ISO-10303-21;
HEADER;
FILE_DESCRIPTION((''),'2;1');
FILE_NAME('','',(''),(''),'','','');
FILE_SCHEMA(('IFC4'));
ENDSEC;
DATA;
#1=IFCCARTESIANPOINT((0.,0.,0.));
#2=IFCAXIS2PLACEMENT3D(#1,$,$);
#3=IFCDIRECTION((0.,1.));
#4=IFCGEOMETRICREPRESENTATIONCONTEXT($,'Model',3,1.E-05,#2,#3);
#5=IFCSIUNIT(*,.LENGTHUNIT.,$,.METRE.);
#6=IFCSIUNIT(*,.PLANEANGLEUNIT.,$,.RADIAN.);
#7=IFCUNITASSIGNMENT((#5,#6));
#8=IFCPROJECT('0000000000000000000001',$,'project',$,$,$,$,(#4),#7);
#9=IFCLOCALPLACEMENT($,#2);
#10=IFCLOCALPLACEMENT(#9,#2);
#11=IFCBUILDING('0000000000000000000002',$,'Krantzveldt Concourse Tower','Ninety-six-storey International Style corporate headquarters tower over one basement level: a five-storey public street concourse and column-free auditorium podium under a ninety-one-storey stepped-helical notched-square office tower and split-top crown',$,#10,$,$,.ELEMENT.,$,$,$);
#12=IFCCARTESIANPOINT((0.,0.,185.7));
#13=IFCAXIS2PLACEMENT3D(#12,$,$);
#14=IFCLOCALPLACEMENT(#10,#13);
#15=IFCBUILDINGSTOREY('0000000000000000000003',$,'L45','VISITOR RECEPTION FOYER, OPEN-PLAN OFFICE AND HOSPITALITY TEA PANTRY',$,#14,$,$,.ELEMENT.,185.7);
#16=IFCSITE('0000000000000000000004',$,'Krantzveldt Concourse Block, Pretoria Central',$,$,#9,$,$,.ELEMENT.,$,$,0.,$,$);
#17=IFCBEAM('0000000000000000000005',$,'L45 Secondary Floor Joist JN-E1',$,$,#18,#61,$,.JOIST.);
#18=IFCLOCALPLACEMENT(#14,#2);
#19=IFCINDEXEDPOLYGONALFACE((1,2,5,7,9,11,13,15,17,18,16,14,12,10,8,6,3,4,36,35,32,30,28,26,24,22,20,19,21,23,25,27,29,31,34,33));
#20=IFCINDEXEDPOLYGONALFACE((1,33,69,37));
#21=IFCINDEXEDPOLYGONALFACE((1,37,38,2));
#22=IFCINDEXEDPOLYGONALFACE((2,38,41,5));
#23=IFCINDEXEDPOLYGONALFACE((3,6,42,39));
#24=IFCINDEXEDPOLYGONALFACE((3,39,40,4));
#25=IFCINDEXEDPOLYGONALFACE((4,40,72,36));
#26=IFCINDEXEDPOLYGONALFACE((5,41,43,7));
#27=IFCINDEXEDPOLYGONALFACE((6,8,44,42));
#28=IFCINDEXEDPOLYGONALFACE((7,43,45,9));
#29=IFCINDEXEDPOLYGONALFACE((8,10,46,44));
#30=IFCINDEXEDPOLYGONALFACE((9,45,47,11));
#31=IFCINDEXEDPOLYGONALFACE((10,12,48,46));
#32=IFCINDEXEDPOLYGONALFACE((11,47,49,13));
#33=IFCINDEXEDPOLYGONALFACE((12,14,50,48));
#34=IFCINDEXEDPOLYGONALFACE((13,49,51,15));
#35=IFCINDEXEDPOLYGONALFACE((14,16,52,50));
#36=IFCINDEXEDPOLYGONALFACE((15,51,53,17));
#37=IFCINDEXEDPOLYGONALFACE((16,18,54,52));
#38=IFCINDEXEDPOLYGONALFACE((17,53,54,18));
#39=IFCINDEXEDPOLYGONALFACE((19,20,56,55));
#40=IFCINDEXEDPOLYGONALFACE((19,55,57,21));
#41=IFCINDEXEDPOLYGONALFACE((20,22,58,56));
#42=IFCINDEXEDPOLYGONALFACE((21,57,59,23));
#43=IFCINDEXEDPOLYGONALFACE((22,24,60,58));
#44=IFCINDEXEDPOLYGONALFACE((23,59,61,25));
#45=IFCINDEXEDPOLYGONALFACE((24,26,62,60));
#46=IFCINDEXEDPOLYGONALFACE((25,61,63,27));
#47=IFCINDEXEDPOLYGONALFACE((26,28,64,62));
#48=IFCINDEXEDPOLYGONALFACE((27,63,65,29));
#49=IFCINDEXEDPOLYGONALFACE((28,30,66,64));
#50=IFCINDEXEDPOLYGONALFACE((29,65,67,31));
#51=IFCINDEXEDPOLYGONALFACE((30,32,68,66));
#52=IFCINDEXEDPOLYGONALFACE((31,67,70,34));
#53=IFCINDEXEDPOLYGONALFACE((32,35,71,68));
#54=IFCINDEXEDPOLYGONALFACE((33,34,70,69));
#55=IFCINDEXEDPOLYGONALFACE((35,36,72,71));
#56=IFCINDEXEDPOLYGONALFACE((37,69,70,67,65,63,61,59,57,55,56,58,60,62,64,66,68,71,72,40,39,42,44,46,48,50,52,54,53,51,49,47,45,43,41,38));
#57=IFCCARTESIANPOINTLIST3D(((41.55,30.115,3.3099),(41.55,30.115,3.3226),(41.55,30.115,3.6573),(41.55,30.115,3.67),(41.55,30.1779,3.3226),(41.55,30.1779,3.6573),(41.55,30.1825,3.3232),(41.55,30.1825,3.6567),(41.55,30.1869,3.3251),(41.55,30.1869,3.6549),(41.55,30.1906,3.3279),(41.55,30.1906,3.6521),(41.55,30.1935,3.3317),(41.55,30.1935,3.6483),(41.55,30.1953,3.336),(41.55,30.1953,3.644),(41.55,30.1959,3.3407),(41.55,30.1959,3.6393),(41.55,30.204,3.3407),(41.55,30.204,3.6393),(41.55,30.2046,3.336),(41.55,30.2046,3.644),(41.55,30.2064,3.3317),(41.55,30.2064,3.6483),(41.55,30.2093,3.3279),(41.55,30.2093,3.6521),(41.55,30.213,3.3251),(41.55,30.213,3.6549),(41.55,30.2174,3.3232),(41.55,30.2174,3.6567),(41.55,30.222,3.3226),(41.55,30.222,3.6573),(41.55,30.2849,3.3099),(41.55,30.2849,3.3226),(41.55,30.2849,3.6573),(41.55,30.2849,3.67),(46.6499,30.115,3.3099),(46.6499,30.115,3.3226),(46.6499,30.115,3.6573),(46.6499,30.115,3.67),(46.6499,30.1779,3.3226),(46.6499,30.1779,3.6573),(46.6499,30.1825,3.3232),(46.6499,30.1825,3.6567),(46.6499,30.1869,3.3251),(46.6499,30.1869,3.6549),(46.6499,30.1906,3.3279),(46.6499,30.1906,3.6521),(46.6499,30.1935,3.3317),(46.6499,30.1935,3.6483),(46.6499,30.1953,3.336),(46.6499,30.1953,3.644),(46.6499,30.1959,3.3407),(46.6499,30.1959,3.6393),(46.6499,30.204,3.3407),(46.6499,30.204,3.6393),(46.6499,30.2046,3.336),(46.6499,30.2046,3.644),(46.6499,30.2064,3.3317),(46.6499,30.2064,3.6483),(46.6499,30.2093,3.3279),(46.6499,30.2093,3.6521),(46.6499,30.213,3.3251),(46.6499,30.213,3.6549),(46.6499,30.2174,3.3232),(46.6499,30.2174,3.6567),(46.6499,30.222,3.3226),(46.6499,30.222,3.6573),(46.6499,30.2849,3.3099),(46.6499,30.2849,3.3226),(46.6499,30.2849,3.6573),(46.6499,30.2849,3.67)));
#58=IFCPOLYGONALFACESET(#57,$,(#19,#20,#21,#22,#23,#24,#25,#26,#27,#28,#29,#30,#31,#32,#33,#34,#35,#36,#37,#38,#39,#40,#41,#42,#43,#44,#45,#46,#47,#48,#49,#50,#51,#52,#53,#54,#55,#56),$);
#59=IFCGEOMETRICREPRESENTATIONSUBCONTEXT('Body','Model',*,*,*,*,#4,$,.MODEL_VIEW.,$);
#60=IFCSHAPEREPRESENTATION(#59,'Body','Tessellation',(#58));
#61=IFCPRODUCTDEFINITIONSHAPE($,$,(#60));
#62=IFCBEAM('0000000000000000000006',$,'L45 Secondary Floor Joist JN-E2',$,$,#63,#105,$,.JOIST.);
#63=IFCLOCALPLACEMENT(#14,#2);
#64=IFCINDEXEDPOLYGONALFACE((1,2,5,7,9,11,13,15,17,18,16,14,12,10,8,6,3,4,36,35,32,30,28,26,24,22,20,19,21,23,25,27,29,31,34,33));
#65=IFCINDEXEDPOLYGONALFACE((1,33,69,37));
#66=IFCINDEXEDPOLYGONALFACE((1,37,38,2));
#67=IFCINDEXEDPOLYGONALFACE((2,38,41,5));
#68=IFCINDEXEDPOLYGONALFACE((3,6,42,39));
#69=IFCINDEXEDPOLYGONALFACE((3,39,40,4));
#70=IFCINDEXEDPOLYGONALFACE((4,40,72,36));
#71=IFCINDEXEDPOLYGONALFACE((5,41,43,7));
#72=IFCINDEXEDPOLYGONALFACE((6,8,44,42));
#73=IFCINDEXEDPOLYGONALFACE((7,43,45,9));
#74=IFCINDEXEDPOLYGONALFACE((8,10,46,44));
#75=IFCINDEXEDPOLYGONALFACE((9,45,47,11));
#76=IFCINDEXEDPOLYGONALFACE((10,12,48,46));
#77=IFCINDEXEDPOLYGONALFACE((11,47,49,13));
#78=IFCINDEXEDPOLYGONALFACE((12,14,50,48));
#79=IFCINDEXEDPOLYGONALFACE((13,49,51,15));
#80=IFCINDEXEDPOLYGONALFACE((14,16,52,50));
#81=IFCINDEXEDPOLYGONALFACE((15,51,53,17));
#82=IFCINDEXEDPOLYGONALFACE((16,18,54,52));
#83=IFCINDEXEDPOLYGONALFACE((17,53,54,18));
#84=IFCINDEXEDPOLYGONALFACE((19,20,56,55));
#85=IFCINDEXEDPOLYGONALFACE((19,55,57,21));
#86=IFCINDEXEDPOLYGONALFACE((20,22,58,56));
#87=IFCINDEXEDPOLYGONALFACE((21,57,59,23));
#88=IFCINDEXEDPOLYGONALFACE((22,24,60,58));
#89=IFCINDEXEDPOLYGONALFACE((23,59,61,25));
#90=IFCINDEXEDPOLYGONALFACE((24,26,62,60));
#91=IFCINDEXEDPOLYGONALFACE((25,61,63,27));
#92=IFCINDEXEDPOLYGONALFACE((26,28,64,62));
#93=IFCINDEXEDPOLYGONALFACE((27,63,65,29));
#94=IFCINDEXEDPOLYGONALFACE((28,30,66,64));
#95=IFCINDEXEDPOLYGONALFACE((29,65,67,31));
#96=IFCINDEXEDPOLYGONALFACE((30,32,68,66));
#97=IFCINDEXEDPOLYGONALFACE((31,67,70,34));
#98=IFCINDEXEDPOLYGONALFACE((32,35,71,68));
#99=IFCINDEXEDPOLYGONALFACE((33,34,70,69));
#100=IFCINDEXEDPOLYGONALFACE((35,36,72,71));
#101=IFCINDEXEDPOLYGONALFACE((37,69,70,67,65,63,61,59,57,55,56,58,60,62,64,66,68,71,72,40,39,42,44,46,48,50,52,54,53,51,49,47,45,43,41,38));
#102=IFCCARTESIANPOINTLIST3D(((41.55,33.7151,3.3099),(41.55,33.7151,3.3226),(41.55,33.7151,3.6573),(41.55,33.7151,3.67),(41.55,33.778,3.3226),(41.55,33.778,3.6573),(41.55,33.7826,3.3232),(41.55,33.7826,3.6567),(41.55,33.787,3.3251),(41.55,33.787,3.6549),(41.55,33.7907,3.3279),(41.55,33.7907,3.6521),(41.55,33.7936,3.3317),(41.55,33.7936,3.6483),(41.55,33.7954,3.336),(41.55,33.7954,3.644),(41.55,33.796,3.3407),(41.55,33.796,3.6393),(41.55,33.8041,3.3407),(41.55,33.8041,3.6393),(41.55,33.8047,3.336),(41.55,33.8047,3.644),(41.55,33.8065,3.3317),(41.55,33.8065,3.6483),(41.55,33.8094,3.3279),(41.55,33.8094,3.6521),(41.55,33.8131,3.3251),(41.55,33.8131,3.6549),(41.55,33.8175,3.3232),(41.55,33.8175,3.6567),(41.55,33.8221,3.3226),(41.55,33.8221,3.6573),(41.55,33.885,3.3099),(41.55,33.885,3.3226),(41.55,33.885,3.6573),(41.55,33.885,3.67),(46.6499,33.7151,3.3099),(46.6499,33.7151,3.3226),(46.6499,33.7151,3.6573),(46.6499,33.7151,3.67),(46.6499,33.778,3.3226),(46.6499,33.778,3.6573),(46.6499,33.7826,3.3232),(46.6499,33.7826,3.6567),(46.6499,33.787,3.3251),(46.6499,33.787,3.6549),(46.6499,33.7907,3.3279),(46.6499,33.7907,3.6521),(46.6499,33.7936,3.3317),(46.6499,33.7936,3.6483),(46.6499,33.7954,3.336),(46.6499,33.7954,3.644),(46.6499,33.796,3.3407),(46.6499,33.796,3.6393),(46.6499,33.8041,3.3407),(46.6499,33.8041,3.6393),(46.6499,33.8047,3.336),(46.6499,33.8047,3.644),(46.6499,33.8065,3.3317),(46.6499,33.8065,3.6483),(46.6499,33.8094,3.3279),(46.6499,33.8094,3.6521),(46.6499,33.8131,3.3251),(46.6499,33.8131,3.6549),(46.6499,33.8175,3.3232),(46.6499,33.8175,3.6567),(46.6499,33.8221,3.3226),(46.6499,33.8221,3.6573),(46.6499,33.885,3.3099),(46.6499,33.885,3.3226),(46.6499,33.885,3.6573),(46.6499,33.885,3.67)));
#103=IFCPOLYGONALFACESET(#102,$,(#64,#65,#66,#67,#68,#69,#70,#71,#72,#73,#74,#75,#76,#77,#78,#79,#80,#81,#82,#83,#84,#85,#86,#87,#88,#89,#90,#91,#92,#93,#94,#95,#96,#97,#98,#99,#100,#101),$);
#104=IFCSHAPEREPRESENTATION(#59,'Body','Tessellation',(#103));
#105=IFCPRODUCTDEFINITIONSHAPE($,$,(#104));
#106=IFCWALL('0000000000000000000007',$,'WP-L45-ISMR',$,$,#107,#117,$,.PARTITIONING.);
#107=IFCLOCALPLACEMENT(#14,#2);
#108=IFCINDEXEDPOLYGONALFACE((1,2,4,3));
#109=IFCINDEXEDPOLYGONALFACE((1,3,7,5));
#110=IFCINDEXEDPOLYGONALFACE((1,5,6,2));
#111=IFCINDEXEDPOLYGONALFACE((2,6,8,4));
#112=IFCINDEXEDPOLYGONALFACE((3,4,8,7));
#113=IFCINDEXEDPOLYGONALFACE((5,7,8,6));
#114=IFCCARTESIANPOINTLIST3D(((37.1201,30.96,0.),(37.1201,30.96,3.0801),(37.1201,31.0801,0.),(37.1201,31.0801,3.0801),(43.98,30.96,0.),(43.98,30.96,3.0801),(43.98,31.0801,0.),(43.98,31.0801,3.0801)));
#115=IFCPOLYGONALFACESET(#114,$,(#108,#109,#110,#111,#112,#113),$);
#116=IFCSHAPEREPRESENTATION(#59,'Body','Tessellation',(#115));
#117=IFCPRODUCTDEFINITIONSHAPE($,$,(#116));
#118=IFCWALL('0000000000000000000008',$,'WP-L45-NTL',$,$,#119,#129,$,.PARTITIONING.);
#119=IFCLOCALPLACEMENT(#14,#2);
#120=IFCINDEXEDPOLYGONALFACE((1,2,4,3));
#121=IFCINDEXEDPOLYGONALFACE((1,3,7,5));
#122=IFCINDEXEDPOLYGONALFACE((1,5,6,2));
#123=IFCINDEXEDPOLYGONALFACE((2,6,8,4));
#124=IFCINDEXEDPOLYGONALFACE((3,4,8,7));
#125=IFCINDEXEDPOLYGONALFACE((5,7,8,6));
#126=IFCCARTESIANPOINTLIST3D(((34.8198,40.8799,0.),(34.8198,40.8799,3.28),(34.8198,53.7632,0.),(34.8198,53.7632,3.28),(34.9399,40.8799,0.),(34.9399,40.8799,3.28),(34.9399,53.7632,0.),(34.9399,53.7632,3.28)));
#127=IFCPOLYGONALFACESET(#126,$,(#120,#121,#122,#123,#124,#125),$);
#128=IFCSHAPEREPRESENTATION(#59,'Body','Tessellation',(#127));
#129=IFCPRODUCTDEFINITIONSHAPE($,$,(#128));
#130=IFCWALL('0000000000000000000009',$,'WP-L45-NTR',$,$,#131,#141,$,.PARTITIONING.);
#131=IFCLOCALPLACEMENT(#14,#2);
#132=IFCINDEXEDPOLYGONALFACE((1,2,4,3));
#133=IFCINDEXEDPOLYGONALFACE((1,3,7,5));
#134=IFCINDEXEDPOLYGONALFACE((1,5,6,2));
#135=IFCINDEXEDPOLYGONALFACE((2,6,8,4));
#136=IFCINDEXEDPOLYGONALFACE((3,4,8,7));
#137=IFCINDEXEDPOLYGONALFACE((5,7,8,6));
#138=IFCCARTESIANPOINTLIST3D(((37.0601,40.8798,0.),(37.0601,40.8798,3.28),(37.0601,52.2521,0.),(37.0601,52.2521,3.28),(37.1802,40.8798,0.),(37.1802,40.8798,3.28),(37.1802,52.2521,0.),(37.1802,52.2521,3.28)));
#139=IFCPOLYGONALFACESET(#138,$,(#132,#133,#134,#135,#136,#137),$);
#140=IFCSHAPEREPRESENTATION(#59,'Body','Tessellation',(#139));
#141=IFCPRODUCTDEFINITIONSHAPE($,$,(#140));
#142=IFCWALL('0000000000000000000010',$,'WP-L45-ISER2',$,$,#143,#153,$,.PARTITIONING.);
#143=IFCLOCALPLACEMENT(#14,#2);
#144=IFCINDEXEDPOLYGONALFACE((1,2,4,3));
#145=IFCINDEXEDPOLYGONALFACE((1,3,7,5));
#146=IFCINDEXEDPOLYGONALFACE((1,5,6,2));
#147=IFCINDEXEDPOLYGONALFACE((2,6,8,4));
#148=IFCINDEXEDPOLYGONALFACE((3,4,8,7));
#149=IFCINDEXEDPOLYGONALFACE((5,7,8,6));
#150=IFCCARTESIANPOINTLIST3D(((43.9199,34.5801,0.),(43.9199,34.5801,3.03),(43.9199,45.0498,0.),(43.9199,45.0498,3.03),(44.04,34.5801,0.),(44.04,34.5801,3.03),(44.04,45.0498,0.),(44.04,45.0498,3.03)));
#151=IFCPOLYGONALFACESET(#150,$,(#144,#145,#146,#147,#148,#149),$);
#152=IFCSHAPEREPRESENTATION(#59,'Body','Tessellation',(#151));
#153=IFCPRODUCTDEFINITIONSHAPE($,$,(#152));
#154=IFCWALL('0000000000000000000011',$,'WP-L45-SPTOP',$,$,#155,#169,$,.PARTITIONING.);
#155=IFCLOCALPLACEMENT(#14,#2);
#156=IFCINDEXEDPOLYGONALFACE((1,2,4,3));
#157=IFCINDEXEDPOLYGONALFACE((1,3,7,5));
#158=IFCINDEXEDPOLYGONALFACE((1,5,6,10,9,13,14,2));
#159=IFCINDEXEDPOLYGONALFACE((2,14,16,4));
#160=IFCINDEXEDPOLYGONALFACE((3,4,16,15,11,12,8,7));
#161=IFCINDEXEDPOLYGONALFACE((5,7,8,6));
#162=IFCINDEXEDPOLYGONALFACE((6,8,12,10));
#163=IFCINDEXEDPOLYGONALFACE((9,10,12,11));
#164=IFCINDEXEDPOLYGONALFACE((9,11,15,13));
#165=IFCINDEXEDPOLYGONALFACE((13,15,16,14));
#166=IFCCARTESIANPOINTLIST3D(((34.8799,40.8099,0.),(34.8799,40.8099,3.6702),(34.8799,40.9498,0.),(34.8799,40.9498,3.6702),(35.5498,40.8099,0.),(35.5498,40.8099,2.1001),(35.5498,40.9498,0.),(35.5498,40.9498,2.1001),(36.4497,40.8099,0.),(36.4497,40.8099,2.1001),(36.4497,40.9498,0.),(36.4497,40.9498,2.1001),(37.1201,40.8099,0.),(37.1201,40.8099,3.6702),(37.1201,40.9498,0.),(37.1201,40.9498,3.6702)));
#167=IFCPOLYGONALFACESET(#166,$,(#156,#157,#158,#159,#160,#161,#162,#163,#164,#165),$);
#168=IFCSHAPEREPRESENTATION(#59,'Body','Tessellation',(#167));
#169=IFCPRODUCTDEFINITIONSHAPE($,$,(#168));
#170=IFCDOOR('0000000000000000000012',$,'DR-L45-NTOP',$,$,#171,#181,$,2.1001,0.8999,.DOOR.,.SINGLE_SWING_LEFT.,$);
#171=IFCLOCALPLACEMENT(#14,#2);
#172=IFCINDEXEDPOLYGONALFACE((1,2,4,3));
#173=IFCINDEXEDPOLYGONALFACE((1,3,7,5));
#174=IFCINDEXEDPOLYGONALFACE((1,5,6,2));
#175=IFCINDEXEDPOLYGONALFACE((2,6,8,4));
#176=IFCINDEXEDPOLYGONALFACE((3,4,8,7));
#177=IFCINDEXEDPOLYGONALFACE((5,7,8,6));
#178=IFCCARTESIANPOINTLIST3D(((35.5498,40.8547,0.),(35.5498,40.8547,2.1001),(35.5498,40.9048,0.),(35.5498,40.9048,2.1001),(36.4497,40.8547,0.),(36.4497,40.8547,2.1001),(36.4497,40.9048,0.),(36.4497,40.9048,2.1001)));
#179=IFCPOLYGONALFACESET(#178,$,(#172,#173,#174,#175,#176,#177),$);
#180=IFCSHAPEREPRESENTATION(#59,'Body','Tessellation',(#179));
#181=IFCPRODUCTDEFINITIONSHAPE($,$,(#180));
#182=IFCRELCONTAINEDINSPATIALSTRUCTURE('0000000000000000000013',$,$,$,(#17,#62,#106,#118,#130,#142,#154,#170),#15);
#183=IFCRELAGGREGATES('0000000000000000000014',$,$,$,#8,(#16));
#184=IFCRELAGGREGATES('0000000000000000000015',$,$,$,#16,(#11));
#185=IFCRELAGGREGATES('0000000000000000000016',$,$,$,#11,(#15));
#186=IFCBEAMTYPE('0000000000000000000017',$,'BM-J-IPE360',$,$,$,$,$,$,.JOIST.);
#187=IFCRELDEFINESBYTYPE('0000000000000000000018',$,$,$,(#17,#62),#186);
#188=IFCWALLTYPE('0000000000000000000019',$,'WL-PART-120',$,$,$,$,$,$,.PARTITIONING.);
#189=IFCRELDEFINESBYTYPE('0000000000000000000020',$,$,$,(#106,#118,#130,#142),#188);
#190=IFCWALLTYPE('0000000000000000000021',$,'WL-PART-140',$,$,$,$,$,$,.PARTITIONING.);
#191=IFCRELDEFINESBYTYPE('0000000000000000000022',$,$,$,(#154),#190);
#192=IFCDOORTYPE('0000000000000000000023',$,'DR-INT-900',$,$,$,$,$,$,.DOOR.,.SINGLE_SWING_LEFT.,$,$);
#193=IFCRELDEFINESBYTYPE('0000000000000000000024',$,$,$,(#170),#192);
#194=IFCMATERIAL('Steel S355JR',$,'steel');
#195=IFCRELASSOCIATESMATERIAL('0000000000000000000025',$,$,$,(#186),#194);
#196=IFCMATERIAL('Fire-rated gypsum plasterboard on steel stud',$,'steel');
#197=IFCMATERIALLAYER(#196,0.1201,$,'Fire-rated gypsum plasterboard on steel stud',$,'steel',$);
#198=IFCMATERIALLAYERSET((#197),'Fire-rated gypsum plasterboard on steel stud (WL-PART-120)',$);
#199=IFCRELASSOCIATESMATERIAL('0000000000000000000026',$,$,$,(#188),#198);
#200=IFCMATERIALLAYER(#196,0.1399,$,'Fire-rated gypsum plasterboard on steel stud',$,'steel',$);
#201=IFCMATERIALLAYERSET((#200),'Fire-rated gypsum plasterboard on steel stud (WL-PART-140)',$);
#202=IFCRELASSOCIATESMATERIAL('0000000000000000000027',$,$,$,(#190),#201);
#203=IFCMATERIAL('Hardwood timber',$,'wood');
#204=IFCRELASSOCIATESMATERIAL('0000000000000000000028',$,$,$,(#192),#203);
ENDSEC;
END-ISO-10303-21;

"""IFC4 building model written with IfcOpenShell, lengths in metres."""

from ifc_helpers import new_model, si_unit, direction, frame, frame_2d, origin, origin_2d, place, context, subcontext, project, spatial, rectangle, i_section, extrude, source, transform, mapped, material, layer, layer_set, material_profile, profile_set, type_object, type_shapes, element, fill, save


model = new_model("IFC4")

# Units and contexts
model_context = context("Model", 3, precision=1e-05, world=origin(), true_north=direction((0.0, 1.0)))
body_context = subcontext(model_context, "Body", "Model", "MODEL_VIEW")
ifc_project = project(units=[si_unit("LENGTHUNIT", "METRE"), si_unit("PLANEANGLEUNIT", "RADIAN")], contexts=[model_context])

# Site, building, storey
site_placement = place(None, origin())
site = spatial("IfcSite", under=ifc_project, at=site_placement, Name="Krantzveldt Concourse Block, Pretoria Central", CompositionType="ELEMENT", RefElevation=0.0)
building_placement = place(site_placement, origin())
building = spatial("IfcBuilding", under=site, at=building_placement, Name="Krantzveldt Concourse Tower", Description="Ninety-six-storey International Style corporate headquarters tower over one basement level: a five-storey public street concourse and column-free auditorium podium under a ninety-one-storey stepped-helical notched-square office tower and split-top crown", CompositionType="ELEMENT")
storey_placement = place(building_placement, frame((0.0, 0.0, 185.7)))
storey = spatial("IfcBuildingStorey", under=building, at=storey_placement, Name="L45", Description="VISITOR RECEPTION FOYER, OPEN-PLAN OFFICE AND HOSPITALITY TEA PANTRY", CompositionType="ELEMENT", Elevation=185.7)

# Beams
ifc_material_1 = material(Name="Steel S355JR", Category="steel")
ifc_material_profile = material_profile(ifc_material_1, i_section(OverallWidth=0.1699, OverallDepth=0.3601, WebThickness=0.0081, FlangeThickness=0.0127, FilletRadius=0.0181, at=origin_2d()), Name="Steel S355JR", Category="steel")
ifc_profile_set = profile_set([ifc_material_profile], Name="Steel S355JR - IPE 360")
beam_type = type_object("IfcBeamType", Name="BM-J-IPE360", PredefinedType="JOIST", material=ifc_profile_set)
shared_shape = source(origin(), body_context, "Body", "SweptSolid", [
    extrude(i_section(OverallWidth=0.1699, OverallDepth=0.3601, WebThickness=0.0081, FlangeThickness=0.0127, FilletRadius=0.0181, at=origin_2d()), origin(), (0.0, 0.0, 1.0), 5.0999),
])
type_shapes(beam_type, [shared_shape])
for number, where, z_axis, x_axis, name in (
    (1, (41.55, 30.2, 3.49), (1.0, 0.0, 0.0), (0.0, 1.0, 0.0), "L45 Secondary Floor Joist JN-E1"),
    (2, (41.55, 33.8, 3.49), (1.0, 0.0, 0.0), (0.0, 1.0, 0.0), "L45 Secondary Floor Joist JN-E2"),
):
    element("IfcBeam", number, at=place(storey_placement, frame(where, z_axis=z_axis, x_axis=x_axis)), inside=storey, type_object=beam_type, Name=name, PredefinedType="JOIST", context=body_context, shape_type="MappedRepresentation", body=[
        mapped(shared_shape, transform((0.0, 0.0, 0.0), x_axis=(1.0, 0.0, 0.0), y_axis=(0.0, 1.0, 0.0), z_axis=(0.0, 0.0, 1.0), scale=1.0)),
    ])

# Walls
ifc_material_2 = material(Name="Fire-rated gypsum plasterboard on steel stud", Category="steel")
ifc_layer_1 = layer(ifc_material_2, 0.1201, Name="Fire-rated gypsum plasterboard on steel stud", Category="steel")
ifc_layer_set_1 = layer_set([ifc_layer_1], Name="Fire-rated gypsum plasterboard on steel stud (WL-PART-120)")
wall_type_1 = type_object("IfcWallType", Name="WL-PART-120", PredefinedType="PARTITIONING", material=ifc_layer_set_1)
wall_1_placement = place(storey_placement, frame((37.1201, 31.02, 0.0), z_axis=(0.0, 0.0, 1.0), x_axis=(1.0, 0.0, 0.0)))
element("IfcWall", 3, at=wall_1_placement, inside=storey, type_object=wall_type_1, Name="WP-L45-ISMR", PredefinedType="PARTITIONING", context=body_context, shape_type="SweptSolid", body=[
    extrude(rectangle(XDim=6.8599, YDim=0.1201, at=frame_2d((3.4299, 0.0))), origin(), (0.0, 0.0, 1.0), 3.0801),
])
wall_2_placement = place(storey_placement, frame((34.8799, 40.8799, 0.0), z_axis=(0.0, 0.0, 1.0), x_axis=(0.0, 1.0, 0.0)))
element("IfcWall", 4, at=wall_2_placement, inside=storey, type_object=wall_type_1, Name="WP-L45-NTL", PredefinedType="PARTITIONING", context=body_context, shape_type="SweptSolid", body=[
    extrude(rectangle(XDim=12.8833, YDim=0.1201, at=frame_2d((6.4417, 0.0))), origin(), (0.0, 0.0, 1.0), 3.28),
])
wall_3_placement = place(storey_placement, frame((37.1201, 40.8799, 0.0), z_axis=(0.0, 0.0, 1.0), x_axis=(0.0, 1.0, 0.0)))
element("IfcWall", 5, at=wall_3_placement, inside=storey, type_object=wall_type_1, Name="WP-L45-NTR", PredefinedType="PARTITIONING", context=body_context, shape_type="SweptSolid", body=[
    extrude(rectangle(XDim=11.3723, YDim=0.1201, at=frame_2d((5.686, 0.0))), origin(), (0.0, 0.0, 1.0), 3.28),
])
wall_4_placement = place(storey_placement, frame((43.98, 34.5801, 0.0), z_axis=(0.0, 0.0, 1.0), x_axis=(0.0, 1.0, 0.0)))
element("IfcWall", 6, at=wall_4_placement, inside=storey, type_object=wall_type_1, Name="WP-L45-ISER2", PredefinedType="PARTITIONING", context=body_context, shape_type="SweptSolid", body=[
    extrude(rectangle(XDim=10.4697, YDim=0.1201, at=frame_2d((5.2349, 0.0))), origin(), (0.0, 0.0, 1.0), 3.03),
])

# Wall, opening, door
ifc_layer_2 = layer(ifc_material_2, 0.1399, Name="Fire-rated gypsum plasterboard on steel stud", Category="steel")
ifc_layer_set_2 = layer_set([ifc_layer_2], Name="Fire-rated gypsum plasterboard on steel stud (WL-PART-140)")
wall_type_2 = type_object("IfcWallType", Name="WL-PART-140", PredefinedType="PARTITIONING", material=ifc_layer_set_2)
wall_5_placement = place(storey_placement, frame((34.8799, 40.8799, 0.0), z_axis=(0.0, 0.0, 1.0), x_axis=(1.0, 0.0, 0.0)))
wall_5 = element("IfcWall", 7, at=wall_5_placement, inside=storey, type_object=wall_type_2, Name="WP-L45-SPTOP", PredefinedType="PARTITIONING", context=body_context, shape_type="SweptSolid", body=[
    extrude(rectangle(XDim=2.2402, YDim=0.1399, at=frame_2d((1.1201, 0.0))), origin(), (0.0, 0.0, 1.0), 3.6702),
])
opening_placement = place(wall_5_placement, frame((0.6699, 0.0, 0.0)))
opening = element("IfcOpeningElement", 8, at=opening_placement, cuts=wall_5, PredefinedType="OPENING", context=body_context, shape_type="SweptSolid", body=[
    extrude(rectangle(XDim=0.8999, YDim=2.1001, at=frame_2d((0.45, 1.05))), frame((0.0, 0.0801, 0.0), z_axis=(0.0, -1.0, 0.0), x_axis=(1.0, 0.0, 0.0)), (0.0, 0.0, 1.0), 0.1599),
])
ifc_material_3 = material(Name="Hardwood timber", Category="wood")
door_type = type_object("IfcDoorType", Name="DR-INT-900", OperationType="SINGLE_SWING_LEFT", PredefinedType="DOOR", material=ifc_material_3)
door_placement = place(opening_placement, origin())
door = element("IfcDoor", 9, at=door_placement, inside=storey, type_object=door_type, Name="DR-L45-NTOP", OperationType="SINGLE_SWING_LEFT", OverallHeight=2.1001, OverallWidth=0.8999, PredefinedType="DOOR", context=body_context, shape_type="SweptSolid", body=[
    extrude(rectangle(XDim=0.8999, YDim=2.1001, at=frame_2d((0.45, 1.05))), frame((0.0, 0.0249, 0.0), z_axis=(0.0, -1.0, 0.0), x_axis=(1.0, 0.0, 0.0)), (0.0, 0.0, 1.0), 0.05),
])
fill(opening, door)

save(model, "model.ifc")
